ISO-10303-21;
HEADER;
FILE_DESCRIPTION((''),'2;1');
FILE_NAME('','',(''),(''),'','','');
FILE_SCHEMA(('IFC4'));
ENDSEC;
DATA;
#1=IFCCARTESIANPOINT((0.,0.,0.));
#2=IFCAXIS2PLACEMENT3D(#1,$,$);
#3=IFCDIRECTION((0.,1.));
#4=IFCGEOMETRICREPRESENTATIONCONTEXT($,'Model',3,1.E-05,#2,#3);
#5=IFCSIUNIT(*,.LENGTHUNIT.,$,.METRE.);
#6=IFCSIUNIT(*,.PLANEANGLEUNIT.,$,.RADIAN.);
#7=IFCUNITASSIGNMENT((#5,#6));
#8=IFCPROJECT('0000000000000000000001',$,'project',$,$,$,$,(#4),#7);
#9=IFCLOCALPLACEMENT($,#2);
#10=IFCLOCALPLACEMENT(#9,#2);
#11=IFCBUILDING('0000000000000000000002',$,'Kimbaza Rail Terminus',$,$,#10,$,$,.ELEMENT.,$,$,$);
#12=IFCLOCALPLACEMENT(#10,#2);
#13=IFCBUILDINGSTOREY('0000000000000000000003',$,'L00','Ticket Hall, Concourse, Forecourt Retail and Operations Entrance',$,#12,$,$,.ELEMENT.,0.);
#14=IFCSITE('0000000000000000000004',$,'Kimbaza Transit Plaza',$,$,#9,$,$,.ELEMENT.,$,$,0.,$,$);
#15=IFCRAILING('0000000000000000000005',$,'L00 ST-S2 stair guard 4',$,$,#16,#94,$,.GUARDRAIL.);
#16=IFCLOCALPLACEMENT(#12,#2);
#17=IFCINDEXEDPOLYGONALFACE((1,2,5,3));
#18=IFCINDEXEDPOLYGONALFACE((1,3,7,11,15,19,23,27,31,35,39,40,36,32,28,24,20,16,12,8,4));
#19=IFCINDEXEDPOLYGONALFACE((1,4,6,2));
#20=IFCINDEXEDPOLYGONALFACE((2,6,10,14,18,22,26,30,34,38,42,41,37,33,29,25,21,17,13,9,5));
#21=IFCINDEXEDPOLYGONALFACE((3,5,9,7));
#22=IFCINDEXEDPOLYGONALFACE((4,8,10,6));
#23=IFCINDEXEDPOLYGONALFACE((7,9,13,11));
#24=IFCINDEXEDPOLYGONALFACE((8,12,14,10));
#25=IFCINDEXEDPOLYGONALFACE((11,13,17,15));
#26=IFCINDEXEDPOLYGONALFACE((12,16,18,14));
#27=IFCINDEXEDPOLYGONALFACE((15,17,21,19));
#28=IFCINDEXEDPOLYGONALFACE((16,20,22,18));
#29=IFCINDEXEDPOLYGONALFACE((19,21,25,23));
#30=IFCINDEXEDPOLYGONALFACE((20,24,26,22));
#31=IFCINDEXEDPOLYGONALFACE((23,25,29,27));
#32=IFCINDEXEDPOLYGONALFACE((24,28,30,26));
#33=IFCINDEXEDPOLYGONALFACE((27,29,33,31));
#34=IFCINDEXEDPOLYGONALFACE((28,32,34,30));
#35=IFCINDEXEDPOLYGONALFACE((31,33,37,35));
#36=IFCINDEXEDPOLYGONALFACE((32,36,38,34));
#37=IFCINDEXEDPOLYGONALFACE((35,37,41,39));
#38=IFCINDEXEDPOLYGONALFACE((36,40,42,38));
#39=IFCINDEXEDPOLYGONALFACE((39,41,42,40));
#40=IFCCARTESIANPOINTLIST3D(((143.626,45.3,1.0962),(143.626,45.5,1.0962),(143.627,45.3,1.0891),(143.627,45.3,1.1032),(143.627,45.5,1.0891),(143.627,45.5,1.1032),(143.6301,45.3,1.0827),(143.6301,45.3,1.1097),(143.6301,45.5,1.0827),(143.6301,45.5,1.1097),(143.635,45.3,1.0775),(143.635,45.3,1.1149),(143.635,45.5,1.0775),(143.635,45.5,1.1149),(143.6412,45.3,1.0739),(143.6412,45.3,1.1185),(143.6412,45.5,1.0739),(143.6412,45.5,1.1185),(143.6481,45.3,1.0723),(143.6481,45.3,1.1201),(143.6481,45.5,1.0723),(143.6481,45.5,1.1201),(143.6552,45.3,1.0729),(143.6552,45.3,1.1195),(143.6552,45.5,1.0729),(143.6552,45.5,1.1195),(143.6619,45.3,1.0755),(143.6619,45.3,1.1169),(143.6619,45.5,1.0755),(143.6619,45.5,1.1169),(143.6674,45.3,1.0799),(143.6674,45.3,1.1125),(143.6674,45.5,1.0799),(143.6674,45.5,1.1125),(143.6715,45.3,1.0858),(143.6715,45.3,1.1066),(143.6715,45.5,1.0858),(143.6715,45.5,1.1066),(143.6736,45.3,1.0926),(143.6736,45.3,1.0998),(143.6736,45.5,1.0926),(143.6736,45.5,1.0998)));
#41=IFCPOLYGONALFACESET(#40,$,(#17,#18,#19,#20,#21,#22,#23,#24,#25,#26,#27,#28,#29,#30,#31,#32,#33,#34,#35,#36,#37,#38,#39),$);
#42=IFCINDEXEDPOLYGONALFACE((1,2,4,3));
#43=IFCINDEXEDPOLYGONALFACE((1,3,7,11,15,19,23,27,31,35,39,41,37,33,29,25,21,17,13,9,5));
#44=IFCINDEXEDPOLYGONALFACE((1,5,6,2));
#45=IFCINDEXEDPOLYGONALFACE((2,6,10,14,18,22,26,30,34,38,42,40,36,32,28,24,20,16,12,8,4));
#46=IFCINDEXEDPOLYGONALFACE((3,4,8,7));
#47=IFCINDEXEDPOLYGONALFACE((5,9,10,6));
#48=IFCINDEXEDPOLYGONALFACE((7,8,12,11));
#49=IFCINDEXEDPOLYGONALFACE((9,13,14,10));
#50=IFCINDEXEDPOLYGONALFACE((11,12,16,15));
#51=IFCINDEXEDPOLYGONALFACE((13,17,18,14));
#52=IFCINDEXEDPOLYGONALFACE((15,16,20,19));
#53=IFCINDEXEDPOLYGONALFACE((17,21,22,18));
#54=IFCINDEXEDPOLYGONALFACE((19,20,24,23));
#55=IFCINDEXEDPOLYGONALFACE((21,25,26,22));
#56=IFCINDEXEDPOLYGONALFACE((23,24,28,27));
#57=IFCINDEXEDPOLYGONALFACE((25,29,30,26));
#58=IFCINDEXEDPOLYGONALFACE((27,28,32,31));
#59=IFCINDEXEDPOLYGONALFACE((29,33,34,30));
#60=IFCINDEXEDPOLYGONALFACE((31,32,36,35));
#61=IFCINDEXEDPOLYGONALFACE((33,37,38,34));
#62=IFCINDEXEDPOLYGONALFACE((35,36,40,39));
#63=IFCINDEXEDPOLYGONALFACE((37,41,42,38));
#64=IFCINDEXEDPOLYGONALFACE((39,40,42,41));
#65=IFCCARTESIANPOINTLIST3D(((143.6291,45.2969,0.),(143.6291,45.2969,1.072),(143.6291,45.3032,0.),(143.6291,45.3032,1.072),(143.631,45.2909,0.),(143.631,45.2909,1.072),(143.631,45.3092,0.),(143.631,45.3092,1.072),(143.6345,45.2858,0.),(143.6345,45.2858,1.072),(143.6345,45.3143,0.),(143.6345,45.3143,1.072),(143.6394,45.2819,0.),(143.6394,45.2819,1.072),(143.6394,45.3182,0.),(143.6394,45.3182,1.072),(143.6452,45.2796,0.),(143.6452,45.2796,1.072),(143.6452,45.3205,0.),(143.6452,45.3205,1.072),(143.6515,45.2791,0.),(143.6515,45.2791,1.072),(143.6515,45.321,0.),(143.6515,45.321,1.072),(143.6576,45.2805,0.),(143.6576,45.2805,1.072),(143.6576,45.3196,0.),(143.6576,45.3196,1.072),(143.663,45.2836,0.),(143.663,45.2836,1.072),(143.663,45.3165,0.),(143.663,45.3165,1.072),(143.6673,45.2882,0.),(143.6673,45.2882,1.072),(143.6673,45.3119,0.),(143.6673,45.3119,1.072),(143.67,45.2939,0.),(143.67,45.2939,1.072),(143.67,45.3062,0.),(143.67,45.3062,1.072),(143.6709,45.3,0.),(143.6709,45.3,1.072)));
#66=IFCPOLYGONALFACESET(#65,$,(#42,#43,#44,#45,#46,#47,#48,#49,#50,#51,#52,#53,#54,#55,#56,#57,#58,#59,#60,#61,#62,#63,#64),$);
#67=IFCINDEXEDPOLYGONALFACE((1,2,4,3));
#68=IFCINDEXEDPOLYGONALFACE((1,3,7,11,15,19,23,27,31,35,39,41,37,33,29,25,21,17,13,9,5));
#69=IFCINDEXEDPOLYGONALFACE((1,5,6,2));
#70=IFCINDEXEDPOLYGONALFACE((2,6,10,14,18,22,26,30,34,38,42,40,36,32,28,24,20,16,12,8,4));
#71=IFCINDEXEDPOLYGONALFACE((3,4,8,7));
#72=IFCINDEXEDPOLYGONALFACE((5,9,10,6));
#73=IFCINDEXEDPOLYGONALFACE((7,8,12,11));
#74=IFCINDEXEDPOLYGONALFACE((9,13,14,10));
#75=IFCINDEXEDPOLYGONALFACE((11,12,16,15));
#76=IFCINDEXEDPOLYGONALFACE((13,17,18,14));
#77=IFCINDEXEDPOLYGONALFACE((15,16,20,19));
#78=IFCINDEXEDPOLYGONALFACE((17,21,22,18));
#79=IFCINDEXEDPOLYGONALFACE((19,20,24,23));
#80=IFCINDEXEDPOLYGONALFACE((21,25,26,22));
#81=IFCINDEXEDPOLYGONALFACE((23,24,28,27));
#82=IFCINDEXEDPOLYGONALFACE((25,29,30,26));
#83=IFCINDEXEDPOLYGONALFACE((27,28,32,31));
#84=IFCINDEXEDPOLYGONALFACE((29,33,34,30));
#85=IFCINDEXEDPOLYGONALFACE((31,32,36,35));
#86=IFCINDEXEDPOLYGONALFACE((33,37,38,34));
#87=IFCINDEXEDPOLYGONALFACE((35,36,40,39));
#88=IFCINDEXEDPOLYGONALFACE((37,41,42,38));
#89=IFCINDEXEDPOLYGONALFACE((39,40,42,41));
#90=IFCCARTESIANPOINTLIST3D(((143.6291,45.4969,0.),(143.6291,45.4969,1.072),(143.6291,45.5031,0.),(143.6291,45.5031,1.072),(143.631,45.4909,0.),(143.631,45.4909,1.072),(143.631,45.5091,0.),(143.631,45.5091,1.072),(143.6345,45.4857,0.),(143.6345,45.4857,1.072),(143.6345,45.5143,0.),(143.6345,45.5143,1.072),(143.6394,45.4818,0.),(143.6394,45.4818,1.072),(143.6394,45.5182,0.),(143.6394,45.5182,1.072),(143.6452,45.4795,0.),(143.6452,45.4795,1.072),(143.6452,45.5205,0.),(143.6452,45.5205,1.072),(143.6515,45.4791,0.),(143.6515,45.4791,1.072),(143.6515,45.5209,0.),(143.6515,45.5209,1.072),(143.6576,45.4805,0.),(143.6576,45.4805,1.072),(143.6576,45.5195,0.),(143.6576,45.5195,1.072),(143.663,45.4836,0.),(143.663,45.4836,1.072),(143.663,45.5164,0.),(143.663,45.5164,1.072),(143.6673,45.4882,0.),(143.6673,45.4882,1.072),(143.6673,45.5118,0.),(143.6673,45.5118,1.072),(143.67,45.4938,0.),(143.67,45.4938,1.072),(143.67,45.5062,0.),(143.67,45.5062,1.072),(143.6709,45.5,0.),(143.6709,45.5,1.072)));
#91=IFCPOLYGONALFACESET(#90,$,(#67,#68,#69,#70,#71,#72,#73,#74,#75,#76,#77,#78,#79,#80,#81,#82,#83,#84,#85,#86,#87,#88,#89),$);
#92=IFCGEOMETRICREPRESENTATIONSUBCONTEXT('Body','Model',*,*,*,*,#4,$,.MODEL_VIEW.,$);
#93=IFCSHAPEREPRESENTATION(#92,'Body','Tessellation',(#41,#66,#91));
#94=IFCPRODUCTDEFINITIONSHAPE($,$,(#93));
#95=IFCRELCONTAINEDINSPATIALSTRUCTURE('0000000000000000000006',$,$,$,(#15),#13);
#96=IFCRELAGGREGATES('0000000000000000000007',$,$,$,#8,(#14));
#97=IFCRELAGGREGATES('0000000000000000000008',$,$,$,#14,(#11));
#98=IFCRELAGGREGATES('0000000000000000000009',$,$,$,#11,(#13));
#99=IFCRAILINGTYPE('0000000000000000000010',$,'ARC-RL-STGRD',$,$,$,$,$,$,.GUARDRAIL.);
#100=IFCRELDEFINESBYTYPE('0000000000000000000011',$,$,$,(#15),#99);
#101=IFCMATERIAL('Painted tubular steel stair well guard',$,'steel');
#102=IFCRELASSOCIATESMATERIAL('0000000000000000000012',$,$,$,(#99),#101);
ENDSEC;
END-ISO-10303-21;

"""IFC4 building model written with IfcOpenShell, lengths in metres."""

from ifc_helpers import new_model, si_unit, direction, frame, origin, origin_2d, place, context, subcontext, project, spatial, circle, extrude, material, type_object, element, save


model = new_model("IFC4")

# Units and contexts
model_context = context("Model", 3, precision=1e-05, world=origin(), true_north=direction((0.0, 1.0)))
body_context = subcontext(model_context, "Body", "Model", "MODEL_VIEW")
ifc_project = project(units=[si_unit("LENGTHUNIT", "METRE"), si_unit("PLANEANGLEUNIT", "RADIAN")], contexts=[model_context])

# Site, building, storey
site_placement = place(None, origin())
site = spatial("IfcSite", under=ifc_project, at=site_placement, Name="Kimbaza Transit Plaza", CompositionType="ELEMENT", RefElevation=0.0)
building_placement = place(site_placement, origin())
building = spatial("IfcBuilding", under=site, at=building_placement, Name="Kimbaza Rail Terminus", CompositionType="ELEMENT")
storey_placement = place(building_placement, origin())
storey = spatial("IfcBuildingStorey", under=building, at=storey_placement, Name="L00", Description="Ticket Hall, Concourse, Forecourt Retail and Operations Entrance", CompositionType="ELEMENT", Elevation=0.0)

# Railing
ifc_material_1 = material(Name="Painted tubular steel stair well guard", Category="steel")
railing_type_1 = type_object("IfcRailingType", Name="ARC-RL-STGRD", PredefinedType="GUARDRAIL", material=ifc_material_1)
railing_1_placement = place(storey_placement, frame((143.6499, 45.3, 0.0)))
element("IfcRailing", 1, at=railing_1_placement, inside=storey, type_object=railing_type_1, Name="L00 ST-S2 stair guard 4", PredefinedType="GUARDRAIL", context=body_context, shape_type="SweptSolid", body=[
    extrude(circle(Radius=0.0239, at=origin_2d()), frame((0.0, 0.0, 1.0962), z_axis=(0.0, 1.0, 0.0), x_axis=(-1.0, 0.0, 0.0)), (0.0, 0.0, 1.0), 0.2),
    extrude(circle(Radius=0.021, at=origin_2d()), origin(), (0.0, 0.0, 1.0), 1.072),
    extrude(circle(Radius=0.021, at=origin_2d()), frame((0.0, 0.2, 0.0)), (0.0, 0.0, 1.0), 1.072),
])

save(model, "model.ifc")
